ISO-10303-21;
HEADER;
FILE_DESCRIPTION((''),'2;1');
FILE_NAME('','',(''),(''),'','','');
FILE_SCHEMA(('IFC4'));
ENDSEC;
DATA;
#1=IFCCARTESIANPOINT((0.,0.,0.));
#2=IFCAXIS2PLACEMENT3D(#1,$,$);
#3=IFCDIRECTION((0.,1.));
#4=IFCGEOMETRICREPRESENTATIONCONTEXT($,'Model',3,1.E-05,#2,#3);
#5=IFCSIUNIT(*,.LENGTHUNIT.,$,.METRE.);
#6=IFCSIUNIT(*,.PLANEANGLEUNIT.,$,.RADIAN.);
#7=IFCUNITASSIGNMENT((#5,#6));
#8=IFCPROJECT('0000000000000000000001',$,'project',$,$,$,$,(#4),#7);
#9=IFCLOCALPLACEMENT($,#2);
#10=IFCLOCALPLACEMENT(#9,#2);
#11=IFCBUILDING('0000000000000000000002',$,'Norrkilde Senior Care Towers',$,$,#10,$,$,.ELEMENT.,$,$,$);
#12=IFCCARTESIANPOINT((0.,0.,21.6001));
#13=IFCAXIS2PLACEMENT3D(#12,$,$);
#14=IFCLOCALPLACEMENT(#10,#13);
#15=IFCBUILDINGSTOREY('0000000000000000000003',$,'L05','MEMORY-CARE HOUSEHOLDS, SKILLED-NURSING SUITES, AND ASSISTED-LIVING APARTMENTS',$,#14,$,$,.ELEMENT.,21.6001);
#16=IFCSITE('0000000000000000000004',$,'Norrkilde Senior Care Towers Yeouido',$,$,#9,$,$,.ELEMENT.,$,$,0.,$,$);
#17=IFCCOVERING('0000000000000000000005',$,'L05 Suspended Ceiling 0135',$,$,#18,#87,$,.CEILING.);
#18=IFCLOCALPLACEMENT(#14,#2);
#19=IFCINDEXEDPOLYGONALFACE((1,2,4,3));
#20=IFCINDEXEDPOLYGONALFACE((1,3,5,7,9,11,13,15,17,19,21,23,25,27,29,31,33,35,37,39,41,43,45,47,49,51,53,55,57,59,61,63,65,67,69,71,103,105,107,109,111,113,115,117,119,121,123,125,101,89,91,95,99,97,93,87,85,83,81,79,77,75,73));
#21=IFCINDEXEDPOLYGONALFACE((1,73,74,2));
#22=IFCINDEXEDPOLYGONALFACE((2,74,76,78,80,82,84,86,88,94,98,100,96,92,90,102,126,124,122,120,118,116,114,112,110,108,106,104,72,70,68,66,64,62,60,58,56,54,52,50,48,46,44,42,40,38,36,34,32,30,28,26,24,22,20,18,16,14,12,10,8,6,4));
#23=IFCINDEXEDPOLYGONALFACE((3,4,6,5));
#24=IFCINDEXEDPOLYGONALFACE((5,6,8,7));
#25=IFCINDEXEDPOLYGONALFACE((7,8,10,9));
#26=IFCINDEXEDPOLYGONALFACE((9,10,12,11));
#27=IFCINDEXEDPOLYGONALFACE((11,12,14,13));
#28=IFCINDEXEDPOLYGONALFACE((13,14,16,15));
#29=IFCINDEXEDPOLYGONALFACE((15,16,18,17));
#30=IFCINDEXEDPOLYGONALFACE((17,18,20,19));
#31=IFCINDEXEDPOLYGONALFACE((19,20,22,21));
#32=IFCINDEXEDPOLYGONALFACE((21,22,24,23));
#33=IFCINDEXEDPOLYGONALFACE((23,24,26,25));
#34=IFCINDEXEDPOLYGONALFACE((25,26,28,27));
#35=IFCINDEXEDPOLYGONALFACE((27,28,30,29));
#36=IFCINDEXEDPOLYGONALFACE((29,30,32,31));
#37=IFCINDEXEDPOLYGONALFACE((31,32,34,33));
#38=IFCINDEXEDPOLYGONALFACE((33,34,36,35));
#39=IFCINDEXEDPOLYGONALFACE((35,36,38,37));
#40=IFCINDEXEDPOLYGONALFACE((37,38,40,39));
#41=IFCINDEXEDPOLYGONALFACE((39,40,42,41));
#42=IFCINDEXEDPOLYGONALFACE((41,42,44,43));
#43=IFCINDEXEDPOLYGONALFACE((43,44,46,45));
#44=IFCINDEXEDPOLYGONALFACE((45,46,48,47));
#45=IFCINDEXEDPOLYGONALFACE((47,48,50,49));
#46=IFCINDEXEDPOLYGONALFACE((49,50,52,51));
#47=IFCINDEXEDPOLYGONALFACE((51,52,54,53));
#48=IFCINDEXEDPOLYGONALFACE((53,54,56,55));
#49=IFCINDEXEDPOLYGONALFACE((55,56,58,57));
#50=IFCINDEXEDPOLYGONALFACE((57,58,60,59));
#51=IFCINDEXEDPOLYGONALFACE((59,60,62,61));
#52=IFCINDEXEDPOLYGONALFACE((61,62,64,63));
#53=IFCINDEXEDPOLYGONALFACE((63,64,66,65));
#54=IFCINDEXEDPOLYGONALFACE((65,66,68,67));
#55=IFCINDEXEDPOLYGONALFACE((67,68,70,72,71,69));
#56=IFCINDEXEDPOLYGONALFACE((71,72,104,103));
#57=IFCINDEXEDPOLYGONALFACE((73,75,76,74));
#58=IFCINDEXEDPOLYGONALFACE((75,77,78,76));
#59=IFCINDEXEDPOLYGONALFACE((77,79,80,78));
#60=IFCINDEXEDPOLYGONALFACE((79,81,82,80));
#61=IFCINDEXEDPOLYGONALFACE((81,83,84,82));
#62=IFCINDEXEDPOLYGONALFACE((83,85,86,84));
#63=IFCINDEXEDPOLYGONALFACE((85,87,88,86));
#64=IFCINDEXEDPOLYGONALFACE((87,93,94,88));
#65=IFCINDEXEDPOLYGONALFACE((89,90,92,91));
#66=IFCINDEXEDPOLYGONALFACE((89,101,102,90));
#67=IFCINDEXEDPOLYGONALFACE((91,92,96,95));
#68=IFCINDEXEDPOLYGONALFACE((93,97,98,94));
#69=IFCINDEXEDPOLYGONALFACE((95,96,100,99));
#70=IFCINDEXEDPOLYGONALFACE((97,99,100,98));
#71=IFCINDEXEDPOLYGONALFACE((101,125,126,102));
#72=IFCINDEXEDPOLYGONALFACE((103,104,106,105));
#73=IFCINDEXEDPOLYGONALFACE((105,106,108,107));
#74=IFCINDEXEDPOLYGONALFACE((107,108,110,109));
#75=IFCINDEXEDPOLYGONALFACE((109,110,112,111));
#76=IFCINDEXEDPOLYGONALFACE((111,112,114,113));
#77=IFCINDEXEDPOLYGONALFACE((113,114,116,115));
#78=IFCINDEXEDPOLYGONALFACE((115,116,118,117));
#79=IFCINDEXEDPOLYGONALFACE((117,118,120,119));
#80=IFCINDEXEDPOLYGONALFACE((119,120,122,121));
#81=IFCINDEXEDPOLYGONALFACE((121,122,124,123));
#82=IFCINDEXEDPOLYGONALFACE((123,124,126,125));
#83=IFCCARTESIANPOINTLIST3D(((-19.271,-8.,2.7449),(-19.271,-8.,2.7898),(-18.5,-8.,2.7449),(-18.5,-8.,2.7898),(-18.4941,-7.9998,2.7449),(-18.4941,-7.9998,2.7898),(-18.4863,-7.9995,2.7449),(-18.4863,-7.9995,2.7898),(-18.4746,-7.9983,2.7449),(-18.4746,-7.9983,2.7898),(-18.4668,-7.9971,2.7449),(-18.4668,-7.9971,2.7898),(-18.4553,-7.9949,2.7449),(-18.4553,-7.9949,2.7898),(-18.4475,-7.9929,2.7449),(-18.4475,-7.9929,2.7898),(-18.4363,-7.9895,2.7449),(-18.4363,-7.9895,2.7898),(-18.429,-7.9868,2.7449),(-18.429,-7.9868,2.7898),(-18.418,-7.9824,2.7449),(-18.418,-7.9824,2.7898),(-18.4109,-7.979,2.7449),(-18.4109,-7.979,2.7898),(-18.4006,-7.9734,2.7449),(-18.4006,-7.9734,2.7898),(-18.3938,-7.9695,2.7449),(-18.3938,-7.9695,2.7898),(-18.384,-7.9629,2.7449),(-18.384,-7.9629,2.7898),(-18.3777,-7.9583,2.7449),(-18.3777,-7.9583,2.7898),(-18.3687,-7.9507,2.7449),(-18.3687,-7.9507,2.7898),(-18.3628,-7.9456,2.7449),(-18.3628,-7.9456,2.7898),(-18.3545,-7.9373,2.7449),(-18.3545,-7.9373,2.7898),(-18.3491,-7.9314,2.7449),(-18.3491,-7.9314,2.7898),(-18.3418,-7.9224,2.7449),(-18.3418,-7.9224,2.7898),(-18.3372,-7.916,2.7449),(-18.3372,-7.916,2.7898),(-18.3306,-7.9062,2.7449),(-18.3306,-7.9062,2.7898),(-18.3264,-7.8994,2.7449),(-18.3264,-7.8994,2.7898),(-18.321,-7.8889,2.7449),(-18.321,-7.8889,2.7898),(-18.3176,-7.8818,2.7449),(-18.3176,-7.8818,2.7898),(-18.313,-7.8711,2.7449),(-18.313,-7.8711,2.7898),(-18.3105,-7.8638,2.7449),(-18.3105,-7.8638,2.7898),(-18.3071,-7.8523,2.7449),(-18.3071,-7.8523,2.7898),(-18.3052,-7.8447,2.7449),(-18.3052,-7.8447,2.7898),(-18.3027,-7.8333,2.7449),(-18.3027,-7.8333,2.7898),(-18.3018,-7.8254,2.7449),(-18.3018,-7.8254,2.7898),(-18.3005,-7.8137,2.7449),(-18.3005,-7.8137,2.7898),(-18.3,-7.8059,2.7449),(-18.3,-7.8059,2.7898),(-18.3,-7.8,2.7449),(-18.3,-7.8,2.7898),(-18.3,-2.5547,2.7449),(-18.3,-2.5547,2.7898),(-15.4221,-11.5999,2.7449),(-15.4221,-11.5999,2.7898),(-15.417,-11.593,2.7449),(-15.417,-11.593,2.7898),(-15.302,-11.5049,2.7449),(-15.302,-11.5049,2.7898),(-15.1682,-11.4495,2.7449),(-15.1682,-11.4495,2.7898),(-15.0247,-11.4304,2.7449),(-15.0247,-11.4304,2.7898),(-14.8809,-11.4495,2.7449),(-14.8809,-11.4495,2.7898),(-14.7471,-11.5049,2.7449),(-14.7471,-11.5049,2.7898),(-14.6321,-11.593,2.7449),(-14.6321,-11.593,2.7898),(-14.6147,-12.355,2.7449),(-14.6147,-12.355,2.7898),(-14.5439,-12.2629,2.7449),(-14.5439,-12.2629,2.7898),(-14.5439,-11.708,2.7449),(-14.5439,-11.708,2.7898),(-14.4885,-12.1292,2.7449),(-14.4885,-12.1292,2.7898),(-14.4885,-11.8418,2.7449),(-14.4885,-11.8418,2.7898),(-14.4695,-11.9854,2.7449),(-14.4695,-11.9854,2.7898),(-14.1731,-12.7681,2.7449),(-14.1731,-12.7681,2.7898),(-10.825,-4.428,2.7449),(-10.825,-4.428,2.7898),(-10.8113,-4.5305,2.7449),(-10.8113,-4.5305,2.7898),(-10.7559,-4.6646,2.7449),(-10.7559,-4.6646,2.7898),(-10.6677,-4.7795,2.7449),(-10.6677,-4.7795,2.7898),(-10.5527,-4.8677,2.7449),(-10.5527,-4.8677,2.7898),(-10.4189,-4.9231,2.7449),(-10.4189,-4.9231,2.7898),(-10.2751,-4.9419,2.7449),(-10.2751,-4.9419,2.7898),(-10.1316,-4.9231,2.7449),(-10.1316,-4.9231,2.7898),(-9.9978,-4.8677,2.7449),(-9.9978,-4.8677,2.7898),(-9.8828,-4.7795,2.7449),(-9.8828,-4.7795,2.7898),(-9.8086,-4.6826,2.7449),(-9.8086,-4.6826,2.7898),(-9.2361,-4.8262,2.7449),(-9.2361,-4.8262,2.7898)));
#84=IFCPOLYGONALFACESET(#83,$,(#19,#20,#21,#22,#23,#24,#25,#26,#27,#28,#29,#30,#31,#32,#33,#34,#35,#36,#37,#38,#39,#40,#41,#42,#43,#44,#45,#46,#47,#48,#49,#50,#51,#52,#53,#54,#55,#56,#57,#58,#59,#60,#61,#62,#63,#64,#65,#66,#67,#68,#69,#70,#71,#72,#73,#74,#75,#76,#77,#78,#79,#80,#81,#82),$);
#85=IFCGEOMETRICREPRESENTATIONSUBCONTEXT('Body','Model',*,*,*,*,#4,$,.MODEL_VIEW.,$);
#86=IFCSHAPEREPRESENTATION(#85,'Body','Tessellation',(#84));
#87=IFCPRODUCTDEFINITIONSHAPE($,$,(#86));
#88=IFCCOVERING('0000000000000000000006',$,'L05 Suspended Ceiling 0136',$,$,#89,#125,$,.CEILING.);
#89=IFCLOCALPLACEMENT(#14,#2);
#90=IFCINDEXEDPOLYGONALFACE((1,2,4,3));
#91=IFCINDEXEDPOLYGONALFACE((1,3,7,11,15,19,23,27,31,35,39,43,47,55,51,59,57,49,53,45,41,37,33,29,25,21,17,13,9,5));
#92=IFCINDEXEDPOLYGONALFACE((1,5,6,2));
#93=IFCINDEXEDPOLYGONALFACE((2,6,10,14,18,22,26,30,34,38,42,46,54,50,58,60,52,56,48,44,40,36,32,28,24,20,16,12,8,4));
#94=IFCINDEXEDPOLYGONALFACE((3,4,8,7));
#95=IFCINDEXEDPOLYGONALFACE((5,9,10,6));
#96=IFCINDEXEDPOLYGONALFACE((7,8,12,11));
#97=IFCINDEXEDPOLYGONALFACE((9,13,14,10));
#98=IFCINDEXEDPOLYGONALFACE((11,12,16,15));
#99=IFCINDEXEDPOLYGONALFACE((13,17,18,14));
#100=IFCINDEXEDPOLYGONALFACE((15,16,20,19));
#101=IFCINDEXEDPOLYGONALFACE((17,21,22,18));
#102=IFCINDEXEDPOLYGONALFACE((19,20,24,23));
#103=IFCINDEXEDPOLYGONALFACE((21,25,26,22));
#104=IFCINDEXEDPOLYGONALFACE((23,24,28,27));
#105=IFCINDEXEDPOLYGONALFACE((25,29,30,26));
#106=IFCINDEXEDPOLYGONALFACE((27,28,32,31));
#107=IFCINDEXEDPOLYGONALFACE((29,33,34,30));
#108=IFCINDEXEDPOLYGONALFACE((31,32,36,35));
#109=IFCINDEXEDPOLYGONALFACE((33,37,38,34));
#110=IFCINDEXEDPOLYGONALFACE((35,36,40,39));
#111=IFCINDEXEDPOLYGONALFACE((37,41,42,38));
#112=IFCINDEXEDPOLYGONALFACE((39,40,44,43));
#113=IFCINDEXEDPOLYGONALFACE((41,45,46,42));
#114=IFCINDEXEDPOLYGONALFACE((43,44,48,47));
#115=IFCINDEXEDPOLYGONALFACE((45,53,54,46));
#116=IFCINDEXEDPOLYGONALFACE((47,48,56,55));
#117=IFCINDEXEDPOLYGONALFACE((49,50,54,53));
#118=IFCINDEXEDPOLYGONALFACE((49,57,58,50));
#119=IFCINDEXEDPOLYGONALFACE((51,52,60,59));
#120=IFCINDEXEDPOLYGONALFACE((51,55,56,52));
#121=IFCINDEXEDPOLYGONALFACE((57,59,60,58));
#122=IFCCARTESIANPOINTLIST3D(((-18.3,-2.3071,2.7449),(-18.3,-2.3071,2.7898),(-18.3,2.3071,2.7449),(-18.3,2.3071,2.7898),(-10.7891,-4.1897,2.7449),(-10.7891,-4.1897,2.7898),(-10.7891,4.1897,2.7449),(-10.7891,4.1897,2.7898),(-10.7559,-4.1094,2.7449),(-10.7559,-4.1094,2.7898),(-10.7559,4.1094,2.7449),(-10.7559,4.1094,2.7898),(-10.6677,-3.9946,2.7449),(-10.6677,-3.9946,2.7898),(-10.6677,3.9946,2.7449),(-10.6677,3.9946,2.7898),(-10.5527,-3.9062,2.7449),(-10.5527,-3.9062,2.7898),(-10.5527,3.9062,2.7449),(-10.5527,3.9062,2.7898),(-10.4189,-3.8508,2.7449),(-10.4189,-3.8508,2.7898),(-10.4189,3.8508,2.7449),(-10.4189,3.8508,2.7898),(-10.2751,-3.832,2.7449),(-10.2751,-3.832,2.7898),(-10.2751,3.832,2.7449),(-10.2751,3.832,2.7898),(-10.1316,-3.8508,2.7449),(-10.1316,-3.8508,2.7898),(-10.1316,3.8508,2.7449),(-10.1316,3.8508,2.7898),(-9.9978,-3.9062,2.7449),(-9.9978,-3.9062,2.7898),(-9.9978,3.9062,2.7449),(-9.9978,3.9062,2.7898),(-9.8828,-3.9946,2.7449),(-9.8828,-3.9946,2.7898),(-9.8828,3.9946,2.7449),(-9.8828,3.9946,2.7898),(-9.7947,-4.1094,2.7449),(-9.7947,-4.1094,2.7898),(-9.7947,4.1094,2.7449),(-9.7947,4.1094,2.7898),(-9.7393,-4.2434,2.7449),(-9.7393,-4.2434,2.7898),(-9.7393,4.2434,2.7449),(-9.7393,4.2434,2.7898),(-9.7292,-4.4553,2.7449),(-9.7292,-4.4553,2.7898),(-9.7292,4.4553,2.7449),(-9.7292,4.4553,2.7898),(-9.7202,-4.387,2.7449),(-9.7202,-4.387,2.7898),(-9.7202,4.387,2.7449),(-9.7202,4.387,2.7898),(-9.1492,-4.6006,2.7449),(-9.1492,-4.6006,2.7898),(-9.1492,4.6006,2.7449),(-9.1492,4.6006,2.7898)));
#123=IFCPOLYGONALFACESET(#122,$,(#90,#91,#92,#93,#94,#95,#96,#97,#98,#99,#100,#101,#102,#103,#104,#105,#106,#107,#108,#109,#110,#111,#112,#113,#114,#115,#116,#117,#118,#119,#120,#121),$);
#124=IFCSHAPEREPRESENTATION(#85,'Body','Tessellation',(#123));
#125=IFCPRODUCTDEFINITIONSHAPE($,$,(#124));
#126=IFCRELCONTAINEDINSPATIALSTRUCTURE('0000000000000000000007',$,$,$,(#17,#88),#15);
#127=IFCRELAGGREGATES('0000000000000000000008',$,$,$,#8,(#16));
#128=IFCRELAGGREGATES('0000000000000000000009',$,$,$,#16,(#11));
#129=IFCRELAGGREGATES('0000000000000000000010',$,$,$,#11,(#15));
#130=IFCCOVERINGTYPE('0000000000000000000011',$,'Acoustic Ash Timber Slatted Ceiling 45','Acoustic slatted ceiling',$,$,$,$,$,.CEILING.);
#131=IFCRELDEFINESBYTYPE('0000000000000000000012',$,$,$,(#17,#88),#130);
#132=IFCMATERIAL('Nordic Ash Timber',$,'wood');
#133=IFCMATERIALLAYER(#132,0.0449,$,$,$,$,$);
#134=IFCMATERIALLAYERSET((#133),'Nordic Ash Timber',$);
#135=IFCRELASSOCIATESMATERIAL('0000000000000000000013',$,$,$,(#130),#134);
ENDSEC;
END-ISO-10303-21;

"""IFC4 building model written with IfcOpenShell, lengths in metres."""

from ifc_helpers import new_model, si_unit, direction, frame, origin, place, context, subcontext, project, spatial, polyline, outline, extrude, material, layer, layer_set, type_object, element, save


model = new_model("IFC4")

# Units and contexts
model_context = context("Model", 3, precision=1e-05, world=origin(), true_north=direction((0.0, 1.0)))
body_context = subcontext(model_context, "Body", "Model", "MODEL_VIEW")
ifc_project = project(units=[si_unit("LENGTHUNIT", "METRE"), si_unit("PLANEANGLEUNIT", "RADIAN")], contexts=[model_context])

# Site, building, storey
site_placement = place(None, origin())
site = spatial("IfcSite", under=ifc_project, at=site_placement, Name="Norrkilde Senior Care Towers Yeouido", CompositionType="ELEMENT", RefElevation=0.0)
building_placement = place(site_placement, origin())
building = spatial("IfcBuilding", under=site, at=building_placement, Name="Norrkilde Senior Care Towers", CompositionType="ELEMENT")
storey_placement = place(building_placement, frame((0.0, 0.0, 21.6001)))
storey = spatial("IfcBuildingStorey", under=building, at=storey_placement, Name="L05", Description="MEMORY-CARE HOUSEHOLDS, SKILLED-NURSING SUITES, AND ASSISTED-LIVING APARTMENTS", CompositionType="ELEMENT", Elevation=21.6001)

# Coverings
ifc_material_1 = material(Name="Nordic Ash Timber", Category="wood")
ifc_layer_1 = layer(ifc_material_1, 0.0449)
ifc_layer_set_1 = layer_set([ifc_layer_1], Name="Nordic Ash Timber")
covering_type_1 = type_object("IfcCoveringType", Name="Acoustic Ash Timber Slatted Ceiling 45", Description="Acoustic slatted ceiling", PredefinedType="CEILING", material=ifc_layer_set_1)
covering_1_placement = place(storey_placement, frame((0.0, 0.0, 2.7449)))
element("IfcCovering", 1, at=covering_1_placement, inside=storey, type_object=covering_type_1, Name="L05 Suspended Ceiling 0135", PredefinedType="CEILING", context=body_context, shape_type="SweptSolid", body=[
    extrude(outline(polyline([(-18.4475, -7.9929), (-18.4363, -7.9895), (-18.429, -7.9868), (-18.418, -7.9824), (-18.4109, -7.979), (-18.4006, -7.9734), (-18.3938, -7.9695), (-18.384, -7.9629), (-18.3777, -7.9583), (-18.3687, -7.9507), (-18.3628, -7.9456), (-18.3545, -7.9373), (-18.3491, -7.9314), (-18.3418, -7.9224), (-18.3372, -7.916), (-18.3306, -7.9062), (-18.3264, -7.8994), (-18.321, -7.8889), (-18.3176, -7.8818), (-18.313, -7.8711), (-18.3105, -7.8638), (-18.3071, -7.8523), (-18.3052, -7.8447), (-18.3027, -7.8333), (-18.3018, -7.8254), (-18.3005, -7.8137), (-18.3, -7.8059), (-18.3, -7.8), (-18.3, -2.5547), (-10.825, -4.428), (-10.8113, -4.5305), (-10.7559, -4.6646), (-10.6677, -4.7795), (-10.5527, -4.8677), (-10.4189, -4.9231), (-10.2751, -4.9419), (-10.1316, -4.9231), (-9.9978, -4.8677), (-9.8828, -4.7795), (-9.8086, -4.6826), (-9.2361, -4.8262), (-14.1731, -12.7681), (-14.6147, -12.355), (-14.5439, -12.2629), (-14.4885, -12.1292), (-14.4695, -11.9854), (-14.4885, -11.8418), (-14.5439, -11.708), (-14.6321, -11.593), (-14.7471, -11.5049), (-14.8809, -11.4495), (-15.0247, -11.4304), (-15.1682, -11.4495), (-15.302, -11.5049), (-15.417, -11.593), (-15.4221, -11.5999), (-19.271, -8.0), (-18.5, -8.0), (-18.4941, -7.9998), (-18.4863, -7.9995), (-18.4746, -7.9983), (-18.4668, -7.9971), (-18.4553, -7.9949), (-18.4475, -7.9929)])), origin(), (0.0, 0.0, 1.0), 0.0449),
])
covering_2_placement = place(storey_placement, frame((0.0, 0.0, 2.7449)))
element("IfcCovering", 2, at=covering_2_placement, inside=storey, type_object=covering_type_1, Name="L05 Suspended Ceiling 0136", PredefinedType="CEILING", context=body_context, shape_type="SweptSolid", body=[
    extrude(outline(polyline([(-10.7559, 4.1094), (-10.6677, 3.9946), (-10.5527, 3.9062), (-10.4189, 3.8508), (-10.2751, 3.832), (-10.1316, 3.8508), (-9.9978, 3.9062), (-9.8828, 3.9946), (-9.7947, 4.1094), (-9.7393, 4.2434), (-9.7202, 4.387), (-9.7292, 4.4553), (-9.1492, 4.6006), (-9.1492, -4.6006), (-9.7292, -4.4553), (-9.7202, -4.387), (-9.7393, -4.2434), (-9.7947, -4.1094), (-9.8828, -3.9946), (-9.9978, -3.9062), (-10.1316, -3.8508), (-10.2751, -3.832), (-10.4189, -3.8508), (-10.5527, -3.9062), (-10.6677, -3.9946), (-10.7559, -4.1094), (-10.7891, -4.1897), (-18.3, -2.3071), (-18.3, 2.3071), (-10.7891, 4.1897), (-10.7559, 4.1094)])), origin(), (0.0, 0.0, 1.0), 0.0449),
])

save(model, "model.ifc")
